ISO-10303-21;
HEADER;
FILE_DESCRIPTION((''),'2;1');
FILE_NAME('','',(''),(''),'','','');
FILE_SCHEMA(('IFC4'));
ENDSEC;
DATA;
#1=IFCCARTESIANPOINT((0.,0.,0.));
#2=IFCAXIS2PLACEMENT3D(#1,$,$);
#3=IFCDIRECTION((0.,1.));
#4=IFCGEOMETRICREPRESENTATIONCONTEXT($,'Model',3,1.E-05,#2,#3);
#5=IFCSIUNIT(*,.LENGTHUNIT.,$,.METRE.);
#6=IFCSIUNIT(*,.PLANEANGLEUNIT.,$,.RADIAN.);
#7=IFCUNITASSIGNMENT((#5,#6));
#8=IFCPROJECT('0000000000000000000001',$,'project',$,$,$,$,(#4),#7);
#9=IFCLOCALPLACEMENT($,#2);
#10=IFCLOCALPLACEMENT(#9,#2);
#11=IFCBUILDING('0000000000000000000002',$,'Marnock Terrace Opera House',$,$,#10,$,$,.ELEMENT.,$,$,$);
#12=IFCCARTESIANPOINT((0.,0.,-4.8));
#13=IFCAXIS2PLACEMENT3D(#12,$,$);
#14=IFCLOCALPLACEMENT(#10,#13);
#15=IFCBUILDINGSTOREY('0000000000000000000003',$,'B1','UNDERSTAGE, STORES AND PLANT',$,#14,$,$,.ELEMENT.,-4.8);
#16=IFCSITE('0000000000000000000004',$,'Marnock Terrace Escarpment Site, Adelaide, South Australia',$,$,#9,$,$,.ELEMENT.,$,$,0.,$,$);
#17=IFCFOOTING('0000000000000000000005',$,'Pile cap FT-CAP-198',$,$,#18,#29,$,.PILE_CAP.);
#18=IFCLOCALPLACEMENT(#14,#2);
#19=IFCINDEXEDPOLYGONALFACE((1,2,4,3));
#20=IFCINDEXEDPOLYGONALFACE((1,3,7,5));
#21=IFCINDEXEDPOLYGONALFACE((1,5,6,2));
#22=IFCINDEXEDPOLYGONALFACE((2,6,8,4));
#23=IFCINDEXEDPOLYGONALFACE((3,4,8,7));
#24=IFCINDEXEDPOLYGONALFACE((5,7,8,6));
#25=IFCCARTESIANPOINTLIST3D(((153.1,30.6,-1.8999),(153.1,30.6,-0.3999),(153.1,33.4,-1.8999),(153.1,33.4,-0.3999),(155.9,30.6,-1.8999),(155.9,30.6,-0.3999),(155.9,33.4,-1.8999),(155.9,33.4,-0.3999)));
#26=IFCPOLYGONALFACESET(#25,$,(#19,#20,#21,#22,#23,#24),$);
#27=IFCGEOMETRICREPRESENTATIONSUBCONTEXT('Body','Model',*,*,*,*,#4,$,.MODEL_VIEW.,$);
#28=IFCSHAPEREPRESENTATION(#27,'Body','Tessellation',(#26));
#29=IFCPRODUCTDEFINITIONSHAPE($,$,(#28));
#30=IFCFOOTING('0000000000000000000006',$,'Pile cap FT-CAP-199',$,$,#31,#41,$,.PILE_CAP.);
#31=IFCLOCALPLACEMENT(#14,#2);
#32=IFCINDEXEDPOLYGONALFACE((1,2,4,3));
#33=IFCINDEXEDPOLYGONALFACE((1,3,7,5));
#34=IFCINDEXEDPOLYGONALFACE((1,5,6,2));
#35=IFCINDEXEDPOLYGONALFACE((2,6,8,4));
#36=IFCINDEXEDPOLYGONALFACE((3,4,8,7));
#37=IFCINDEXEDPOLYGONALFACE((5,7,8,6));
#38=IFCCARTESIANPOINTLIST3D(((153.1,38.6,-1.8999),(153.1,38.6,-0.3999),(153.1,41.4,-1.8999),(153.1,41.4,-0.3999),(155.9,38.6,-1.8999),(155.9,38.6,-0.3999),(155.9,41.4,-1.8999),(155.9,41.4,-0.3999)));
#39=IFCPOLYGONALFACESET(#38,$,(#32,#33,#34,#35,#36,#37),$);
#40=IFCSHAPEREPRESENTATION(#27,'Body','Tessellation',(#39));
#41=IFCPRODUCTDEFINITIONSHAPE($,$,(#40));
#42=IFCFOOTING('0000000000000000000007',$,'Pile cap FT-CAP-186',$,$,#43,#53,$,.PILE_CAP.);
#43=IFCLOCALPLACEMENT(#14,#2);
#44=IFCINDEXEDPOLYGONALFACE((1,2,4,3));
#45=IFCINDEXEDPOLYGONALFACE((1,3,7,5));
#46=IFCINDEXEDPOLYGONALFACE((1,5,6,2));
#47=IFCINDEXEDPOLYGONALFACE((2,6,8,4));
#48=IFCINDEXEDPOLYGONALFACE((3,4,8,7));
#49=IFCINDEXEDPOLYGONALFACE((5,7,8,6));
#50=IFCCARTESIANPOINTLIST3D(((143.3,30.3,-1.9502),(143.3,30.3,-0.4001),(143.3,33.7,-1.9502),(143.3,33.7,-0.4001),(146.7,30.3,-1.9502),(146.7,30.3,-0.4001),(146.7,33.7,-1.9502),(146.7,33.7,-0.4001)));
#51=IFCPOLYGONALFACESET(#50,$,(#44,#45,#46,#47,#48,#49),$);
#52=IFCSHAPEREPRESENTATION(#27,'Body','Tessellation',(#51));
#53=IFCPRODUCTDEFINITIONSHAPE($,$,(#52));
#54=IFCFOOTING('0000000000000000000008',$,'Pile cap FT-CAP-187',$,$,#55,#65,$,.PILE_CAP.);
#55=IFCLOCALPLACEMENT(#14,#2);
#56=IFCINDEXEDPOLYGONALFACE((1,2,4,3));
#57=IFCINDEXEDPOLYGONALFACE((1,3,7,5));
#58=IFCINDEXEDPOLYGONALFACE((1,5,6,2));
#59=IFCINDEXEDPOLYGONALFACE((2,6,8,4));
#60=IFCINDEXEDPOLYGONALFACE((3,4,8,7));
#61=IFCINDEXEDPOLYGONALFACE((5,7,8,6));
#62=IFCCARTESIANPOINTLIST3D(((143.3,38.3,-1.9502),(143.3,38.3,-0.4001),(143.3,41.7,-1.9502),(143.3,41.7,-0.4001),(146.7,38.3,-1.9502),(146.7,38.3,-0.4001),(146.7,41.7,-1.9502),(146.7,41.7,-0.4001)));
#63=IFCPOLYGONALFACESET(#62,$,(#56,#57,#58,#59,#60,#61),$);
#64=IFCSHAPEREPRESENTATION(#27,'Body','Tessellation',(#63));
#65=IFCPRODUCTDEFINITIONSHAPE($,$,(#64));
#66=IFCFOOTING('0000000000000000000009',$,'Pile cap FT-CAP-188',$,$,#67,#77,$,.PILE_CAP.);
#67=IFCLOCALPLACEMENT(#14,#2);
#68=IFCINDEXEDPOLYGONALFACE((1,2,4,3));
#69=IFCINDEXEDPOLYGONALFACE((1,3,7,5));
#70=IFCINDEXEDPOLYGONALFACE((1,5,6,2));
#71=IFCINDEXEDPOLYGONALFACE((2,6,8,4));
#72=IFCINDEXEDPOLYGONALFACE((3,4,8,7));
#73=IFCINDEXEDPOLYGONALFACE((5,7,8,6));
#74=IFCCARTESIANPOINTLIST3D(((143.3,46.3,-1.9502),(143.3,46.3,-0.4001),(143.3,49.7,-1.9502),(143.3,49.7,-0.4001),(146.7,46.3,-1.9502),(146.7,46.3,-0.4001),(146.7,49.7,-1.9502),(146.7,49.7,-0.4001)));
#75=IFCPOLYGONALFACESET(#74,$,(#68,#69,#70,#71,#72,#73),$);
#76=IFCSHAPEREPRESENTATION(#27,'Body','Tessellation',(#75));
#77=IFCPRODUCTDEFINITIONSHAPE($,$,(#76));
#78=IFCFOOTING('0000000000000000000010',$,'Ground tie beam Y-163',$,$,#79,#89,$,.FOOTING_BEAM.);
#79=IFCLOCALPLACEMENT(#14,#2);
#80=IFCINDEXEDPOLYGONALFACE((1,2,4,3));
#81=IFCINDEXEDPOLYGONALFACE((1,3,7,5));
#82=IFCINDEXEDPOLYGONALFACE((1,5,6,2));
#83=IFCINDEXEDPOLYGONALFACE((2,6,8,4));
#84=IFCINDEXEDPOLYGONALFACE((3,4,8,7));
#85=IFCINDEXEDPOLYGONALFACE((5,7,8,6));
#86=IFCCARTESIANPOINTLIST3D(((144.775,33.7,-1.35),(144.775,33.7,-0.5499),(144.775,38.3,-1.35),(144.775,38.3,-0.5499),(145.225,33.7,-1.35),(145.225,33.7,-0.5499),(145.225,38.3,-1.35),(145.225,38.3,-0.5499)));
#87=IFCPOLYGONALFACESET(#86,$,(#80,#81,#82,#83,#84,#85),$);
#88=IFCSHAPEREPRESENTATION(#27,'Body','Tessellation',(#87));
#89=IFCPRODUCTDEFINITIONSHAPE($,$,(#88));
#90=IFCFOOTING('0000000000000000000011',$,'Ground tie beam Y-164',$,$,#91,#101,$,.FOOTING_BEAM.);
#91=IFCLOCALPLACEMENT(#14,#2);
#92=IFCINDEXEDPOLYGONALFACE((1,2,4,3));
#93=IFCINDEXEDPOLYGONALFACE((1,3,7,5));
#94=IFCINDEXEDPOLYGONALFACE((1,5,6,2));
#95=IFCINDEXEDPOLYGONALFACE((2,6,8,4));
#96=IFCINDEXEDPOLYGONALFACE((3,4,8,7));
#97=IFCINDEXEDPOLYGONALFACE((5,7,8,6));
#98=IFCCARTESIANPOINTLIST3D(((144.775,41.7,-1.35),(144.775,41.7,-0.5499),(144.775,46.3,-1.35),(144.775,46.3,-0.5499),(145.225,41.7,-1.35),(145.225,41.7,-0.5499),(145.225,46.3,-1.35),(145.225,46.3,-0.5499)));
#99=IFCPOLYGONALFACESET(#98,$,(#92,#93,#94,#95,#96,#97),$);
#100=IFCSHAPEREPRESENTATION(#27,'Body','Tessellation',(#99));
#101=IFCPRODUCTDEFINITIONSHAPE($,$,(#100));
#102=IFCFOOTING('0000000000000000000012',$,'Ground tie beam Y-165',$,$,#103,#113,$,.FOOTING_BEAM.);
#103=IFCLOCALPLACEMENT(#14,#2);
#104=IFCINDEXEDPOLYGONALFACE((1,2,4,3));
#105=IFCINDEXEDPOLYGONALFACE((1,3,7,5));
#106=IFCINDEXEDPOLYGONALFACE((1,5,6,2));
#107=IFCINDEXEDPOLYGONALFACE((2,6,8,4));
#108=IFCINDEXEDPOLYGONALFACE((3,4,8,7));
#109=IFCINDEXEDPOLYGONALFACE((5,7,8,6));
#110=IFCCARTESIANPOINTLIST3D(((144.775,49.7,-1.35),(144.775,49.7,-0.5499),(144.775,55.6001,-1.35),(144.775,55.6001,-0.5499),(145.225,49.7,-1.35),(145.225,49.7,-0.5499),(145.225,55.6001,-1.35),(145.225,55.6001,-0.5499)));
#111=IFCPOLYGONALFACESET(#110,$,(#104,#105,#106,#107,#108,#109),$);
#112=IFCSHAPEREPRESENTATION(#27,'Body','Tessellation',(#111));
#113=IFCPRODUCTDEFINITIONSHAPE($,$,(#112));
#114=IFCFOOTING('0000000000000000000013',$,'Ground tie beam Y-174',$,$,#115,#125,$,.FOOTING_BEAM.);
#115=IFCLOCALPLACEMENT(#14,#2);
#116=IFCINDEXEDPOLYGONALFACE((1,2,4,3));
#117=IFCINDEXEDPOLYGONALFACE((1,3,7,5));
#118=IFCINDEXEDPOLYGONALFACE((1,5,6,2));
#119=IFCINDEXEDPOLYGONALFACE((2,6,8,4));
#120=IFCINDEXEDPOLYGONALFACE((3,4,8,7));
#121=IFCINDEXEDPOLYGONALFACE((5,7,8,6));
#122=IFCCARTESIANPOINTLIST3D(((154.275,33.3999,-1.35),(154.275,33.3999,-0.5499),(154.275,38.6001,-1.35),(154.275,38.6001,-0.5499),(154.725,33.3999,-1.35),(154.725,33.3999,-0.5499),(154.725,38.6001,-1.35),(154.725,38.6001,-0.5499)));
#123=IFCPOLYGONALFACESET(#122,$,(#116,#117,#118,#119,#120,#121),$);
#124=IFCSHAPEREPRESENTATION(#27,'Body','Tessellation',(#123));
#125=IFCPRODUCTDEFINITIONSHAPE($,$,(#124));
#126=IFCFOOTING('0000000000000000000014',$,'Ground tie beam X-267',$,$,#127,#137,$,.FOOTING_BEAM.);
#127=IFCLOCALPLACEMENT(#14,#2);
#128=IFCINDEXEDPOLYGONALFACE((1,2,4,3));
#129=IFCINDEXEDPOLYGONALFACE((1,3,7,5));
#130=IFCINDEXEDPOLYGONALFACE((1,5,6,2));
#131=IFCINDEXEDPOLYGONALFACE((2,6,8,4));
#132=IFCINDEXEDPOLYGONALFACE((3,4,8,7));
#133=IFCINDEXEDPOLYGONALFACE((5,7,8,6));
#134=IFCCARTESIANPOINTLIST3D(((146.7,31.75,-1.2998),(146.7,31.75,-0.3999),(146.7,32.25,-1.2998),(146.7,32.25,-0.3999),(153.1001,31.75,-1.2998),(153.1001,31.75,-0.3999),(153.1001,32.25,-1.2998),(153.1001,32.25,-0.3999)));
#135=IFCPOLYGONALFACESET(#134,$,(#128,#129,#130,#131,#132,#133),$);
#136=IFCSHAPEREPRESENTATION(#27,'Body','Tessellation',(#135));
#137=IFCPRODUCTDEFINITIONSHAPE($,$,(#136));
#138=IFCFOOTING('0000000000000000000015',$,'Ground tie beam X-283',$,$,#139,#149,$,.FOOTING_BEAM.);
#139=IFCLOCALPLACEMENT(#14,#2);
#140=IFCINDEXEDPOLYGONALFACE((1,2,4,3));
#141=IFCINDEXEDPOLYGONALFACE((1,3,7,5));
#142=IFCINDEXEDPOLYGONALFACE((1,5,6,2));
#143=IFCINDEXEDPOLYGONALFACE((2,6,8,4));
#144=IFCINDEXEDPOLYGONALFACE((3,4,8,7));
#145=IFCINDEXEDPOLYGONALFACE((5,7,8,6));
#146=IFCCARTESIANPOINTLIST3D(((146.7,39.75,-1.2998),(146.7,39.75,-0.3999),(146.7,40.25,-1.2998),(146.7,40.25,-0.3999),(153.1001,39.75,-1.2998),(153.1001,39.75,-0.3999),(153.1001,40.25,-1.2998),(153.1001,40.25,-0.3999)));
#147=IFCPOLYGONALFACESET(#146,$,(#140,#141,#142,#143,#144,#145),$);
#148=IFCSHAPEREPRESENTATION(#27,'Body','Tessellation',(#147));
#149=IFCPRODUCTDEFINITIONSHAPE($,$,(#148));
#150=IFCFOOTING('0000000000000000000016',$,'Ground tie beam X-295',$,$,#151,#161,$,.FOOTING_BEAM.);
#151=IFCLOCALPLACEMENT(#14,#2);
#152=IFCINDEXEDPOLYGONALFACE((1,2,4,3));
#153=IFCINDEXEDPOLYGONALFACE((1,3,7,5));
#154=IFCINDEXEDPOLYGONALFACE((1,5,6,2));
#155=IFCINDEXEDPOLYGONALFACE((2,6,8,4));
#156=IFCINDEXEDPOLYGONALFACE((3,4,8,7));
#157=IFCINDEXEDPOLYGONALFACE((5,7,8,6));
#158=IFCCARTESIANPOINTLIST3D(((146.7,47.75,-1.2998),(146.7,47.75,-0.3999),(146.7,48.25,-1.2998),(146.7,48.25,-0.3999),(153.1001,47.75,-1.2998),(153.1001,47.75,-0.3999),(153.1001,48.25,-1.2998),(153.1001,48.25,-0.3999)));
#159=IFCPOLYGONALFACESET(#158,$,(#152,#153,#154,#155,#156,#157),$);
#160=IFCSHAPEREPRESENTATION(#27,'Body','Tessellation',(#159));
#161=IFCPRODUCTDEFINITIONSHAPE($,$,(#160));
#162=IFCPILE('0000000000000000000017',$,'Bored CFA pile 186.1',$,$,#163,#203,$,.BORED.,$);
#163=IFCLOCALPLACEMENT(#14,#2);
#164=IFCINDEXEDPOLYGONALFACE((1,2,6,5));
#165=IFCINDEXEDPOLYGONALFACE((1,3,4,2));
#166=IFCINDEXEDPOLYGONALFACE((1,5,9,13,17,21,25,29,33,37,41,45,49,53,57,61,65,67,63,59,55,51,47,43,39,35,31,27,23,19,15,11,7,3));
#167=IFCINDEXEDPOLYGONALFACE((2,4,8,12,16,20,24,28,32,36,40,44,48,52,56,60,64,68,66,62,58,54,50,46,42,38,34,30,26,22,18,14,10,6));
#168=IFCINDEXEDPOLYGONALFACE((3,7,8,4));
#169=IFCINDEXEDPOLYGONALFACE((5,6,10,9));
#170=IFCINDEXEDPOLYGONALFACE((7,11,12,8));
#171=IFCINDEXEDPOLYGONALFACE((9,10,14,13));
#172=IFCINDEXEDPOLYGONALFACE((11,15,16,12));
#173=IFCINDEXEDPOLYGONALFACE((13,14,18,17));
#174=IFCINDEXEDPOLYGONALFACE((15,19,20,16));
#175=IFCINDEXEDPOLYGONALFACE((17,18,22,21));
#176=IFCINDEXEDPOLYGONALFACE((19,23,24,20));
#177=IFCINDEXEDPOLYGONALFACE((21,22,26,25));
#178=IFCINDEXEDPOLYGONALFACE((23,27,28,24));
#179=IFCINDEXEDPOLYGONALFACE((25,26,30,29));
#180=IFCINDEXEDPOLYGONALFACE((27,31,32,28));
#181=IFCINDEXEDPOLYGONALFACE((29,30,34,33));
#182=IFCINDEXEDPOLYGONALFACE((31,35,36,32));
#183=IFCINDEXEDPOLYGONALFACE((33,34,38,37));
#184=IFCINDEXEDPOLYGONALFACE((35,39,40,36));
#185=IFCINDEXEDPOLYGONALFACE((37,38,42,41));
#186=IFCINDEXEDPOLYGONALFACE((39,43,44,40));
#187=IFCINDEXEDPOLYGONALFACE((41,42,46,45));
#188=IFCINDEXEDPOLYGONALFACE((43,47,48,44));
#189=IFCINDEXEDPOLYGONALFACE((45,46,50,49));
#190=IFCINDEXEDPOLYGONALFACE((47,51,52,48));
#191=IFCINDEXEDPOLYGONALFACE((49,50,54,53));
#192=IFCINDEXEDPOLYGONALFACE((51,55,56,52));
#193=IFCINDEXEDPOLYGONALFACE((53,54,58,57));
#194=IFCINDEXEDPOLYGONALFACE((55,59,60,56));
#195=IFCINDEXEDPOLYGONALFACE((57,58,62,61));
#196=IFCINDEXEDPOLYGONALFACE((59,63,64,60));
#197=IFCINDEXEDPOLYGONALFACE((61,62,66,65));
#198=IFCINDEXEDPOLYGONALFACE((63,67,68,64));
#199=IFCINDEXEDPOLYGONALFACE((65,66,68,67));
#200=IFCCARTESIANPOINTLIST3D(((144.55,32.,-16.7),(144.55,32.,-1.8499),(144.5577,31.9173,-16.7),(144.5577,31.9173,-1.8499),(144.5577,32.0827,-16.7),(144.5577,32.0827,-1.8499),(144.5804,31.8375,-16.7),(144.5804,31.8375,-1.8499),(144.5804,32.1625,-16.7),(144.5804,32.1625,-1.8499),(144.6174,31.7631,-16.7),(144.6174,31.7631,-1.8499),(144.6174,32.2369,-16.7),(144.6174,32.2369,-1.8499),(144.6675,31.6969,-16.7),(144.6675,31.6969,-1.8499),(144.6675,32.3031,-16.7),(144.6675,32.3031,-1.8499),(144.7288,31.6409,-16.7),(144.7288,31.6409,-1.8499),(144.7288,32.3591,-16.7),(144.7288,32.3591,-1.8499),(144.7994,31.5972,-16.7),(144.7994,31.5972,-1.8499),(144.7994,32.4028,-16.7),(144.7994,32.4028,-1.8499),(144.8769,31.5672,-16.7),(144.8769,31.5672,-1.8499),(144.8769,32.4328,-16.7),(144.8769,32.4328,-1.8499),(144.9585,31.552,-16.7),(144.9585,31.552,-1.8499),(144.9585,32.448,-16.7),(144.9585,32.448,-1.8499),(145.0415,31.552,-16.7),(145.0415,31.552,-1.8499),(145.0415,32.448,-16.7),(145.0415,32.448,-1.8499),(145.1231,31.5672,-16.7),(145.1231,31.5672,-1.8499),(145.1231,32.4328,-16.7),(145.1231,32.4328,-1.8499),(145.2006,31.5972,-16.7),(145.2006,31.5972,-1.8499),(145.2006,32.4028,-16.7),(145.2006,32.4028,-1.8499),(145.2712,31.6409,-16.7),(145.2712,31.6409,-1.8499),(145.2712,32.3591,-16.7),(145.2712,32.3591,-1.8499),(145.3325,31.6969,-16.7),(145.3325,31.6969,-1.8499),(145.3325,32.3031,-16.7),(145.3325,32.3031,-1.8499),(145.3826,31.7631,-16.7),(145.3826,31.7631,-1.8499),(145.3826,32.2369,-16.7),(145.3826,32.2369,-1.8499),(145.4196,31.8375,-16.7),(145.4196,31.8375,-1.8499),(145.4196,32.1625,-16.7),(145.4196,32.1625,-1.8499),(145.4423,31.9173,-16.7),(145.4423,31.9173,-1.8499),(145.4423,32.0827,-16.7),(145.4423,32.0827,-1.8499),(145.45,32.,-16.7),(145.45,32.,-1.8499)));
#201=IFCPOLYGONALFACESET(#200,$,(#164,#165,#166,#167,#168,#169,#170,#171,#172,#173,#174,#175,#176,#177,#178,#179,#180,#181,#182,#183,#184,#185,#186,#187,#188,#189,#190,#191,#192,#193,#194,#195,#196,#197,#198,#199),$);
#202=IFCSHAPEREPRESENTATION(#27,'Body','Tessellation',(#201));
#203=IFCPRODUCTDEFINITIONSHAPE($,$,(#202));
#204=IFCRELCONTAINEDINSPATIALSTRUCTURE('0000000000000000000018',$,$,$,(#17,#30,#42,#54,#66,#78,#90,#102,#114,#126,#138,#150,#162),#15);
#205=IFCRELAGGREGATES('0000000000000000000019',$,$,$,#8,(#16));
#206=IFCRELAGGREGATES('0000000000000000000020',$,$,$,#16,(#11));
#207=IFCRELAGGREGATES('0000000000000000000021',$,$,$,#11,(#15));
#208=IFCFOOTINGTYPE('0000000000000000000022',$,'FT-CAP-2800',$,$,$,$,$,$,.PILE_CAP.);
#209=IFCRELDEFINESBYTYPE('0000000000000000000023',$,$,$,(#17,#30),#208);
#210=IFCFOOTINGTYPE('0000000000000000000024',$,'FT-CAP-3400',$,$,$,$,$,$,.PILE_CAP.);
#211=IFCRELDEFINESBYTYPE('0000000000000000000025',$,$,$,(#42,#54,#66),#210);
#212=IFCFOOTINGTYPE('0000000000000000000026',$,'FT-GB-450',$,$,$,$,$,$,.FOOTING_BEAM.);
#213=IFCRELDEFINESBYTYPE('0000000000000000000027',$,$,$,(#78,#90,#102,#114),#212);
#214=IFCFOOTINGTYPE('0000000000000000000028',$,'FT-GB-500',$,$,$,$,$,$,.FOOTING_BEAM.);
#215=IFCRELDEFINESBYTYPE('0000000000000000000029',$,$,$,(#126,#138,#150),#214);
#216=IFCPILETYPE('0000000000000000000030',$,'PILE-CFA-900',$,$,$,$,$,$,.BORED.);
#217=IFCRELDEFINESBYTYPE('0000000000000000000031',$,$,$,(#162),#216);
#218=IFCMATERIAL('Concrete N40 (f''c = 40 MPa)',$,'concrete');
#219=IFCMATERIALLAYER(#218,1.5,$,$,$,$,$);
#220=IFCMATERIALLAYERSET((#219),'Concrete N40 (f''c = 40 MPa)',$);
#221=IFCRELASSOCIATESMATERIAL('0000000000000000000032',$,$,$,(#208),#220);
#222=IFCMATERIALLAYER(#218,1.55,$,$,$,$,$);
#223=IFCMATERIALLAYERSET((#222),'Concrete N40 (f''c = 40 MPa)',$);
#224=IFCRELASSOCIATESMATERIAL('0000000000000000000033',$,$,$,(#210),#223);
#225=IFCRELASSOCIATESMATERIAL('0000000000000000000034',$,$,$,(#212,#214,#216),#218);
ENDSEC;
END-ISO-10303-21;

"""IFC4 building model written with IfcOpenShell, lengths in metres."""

from ifc_helpers import new_model, si_unit, direction, frame, origin, origin_2d, place, context, subcontext, project, spatial, rectangle, circle, extrude, material, layer, layer_set, material_profile, profile_set, type_object, element, save


model = new_model("IFC4")

# Units and contexts
model_context = context("Model", 3, precision=1e-05, world=origin(), true_north=direction((0.0, 1.0)))
body_context = subcontext(model_context, "Body", "Model", "MODEL_VIEW")
ifc_project = project(units=[si_unit("LENGTHUNIT", "METRE"), si_unit("PLANEANGLEUNIT", "RADIAN")], contexts=[model_context])

# Site, building, storey
site_placement = place(None, origin())
site = spatial("IfcSite", under=ifc_project, at=site_placement, Name="Marnock Terrace Escarpment Site, Adelaide, South Australia", CompositionType="ELEMENT", RefElevation=0.0)
building_placement = place(site_placement, origin())
building = spatial("IfcBuilding", under=site, at=building_placement, Name="Marnock Terrace Opera House", CompositionType="ELEMENT")
storey_placement = place(building_placement, frame((0.0, 0.0, -4.8)))
storey = spatial("IfcBuildingStorey", under=building, at=storey_placement, Name="B1", Description="UNDERSTAGE, STORES AND PLANT", CompositionType="ELEMENT", Elevation=-4.8)

# Footings
ifc_material_1 = material(Name="Concrete N40 (f'c = 40 MPa)", Category="concrete")
ifc_layer_1 = layer(ifc_material_1, 1.5)
ifc_layer_set_1 = layer_set([ifc_layer_1], Name="Concrete N40 (f'c = 40 MPa)")
footing_type_1 = type_object("IfcFootingType", Name="FT-CAP-2800", PredefinedType="PILE_CAP", material=ifc_layer_set_1)
for number, where, z_axis, x_axis, name in (
    (1, (154.5, 32.0, -1.8999), (0.0, 0.0, 1.0), (1.0, 0.0, 0.0), "Pile cap FT-CAP-198"),
    (2, (154.5, 40.0, -1.8999), (0.0, 0.0, 1.0), (1.0, 0.0, 0.0), "Pile cap FT-CAP-199"),
):
    element("IfcFooting", number, at=place(storey_placement, frame(where, z_axis=z_axis, x_axis=x_axis)), inside=storey, type_object=footing_type_1, Name=name, PredefinedType="PILE_CAP", context=body_context, shape_type="SweptSolid", body=[
        extrude(rectangle(XDim=2.8, YDim=2.8, at=origin_2d()), origin(), (0.0, 0.0, 1.0), 1.5),
    ])
ifc_layer_2 = layer(ifc_material_1, 1.55)
ifc_layer_set_2 = layer_set([ifc_layer_2], Name="Concrete N40 (f'c = 40 MPa)")
footing_type_2 = type_object("IfcFootingType", Name="FT-CAP-3400", PredefinedType="PILE_CAP", material=ifc_layer_set_2)
for number, where, z_axis, x_axis, name in (
    (3, (145.0, 32.0, -1.9502), (0.0, 0.0, 1.0), (1.0, 0.0, 0.0), "Pile cap FT-CAP-186"),
    (4, (145.0, 40.0, -1.9502), (0.0, 0.0, 1.0), (1.0, 0.0, 0.0), "Pile cap FT-CAP-187"),
    (5, (145.0, 48.0, -1.9502), (0.0, 0.0, 1.0), (1.0, 0.0, 0.0), "Pile cap FT-CAP-188"),
):
    element("IfcFooting", number, at=place(storey_placement, frame(where, z_axis=z_axis, x_axis=x_axis)), inside=storey, type_object=footing_type_2, Name=name, PredefinedType="PILE_CAP", context=body_context, shape_type="SweptSolid", body=[
        extrude(rectangle(XDim=3.3999, YDim=3.3999, at=origin_2d()), origin(), (0.0, 0.0, 1.0), 1.55),
    ])
ifc_material_profile_1 = material_profile(ifc_material_1, rectangle(XDim=0.45, YDim=0.8, at=origin_2d()))
ifc_profile_set_1 = profile_set([ifc_material_profile_1], Name="Concrete N40 (f'c = 40 MPa)")
footing_type_3 = type_object("IfcFootingType", Name="FT-GB-450", PredefinedType="FOOTING_BEAM", material=ifc_profile_set_1)
for number, where, z_axis, x_axis, name in (
    (6, (145.0, 33.7, -0.95), (0.0, 1.0, 0.0), (-1.0, 0.0, 0.0), "Ground tie beam Y-163"),
    (7, (145.0, 41.7, -0.95), (0.0, 1.0, 0.0), (-1.0, 0.0, 0.0), "Ground tie beam Y-164"),
):
    element("IfcFooting", number, at=place(storey_placement, frame(where, z_axis=z_axis, x_axis=x_axis)), inside=storey, type_object=footing_type_3, Name=name, PredefinedType="FOOTING_BEAM", context=body_context, shape_type="SweptSolid", body=[
        extrude(rectangle(XDim=0.45, YDim=0.8, at=origin_2d()), origin(), (0.0, 0.0, 1.0), 4.6001),
    ])
footing_1_placement = place(storey_placement, frame((145.0, 49.7, -0.95), z_axis=(0.0, 1.0, 0.0), x_axis=(-1.0, 0.0, 0.0)))
element("IfcFooting", 8, at=footing_1_placement, inside=storey, type_object=footing_type_3, Name="Ground tie beam Y-165", PredefinedType="FOOTING_BEAM", context=body_context, shape_type="SweptSolid", body=[
    extrude(rectangle(XDim=0.45, YDim=0.8, at=origin_2d()), origin(), (0.0, 0.0, 1.0), 5.9001),
])
footing_2_placement = place(storey_placement, frame((154.5, 33.3999, -0.95), z_axis=(0.0, 1.0, 0.0), x_axis=(-1.0, 0.0, 0.0)))
element("IfcFooting", 9, at=footing_2_placement, inside=storey, type_object=footing_type_3, Name="Ground tie beam Y-174", PredefinedType="FOOTING_BEAM", context=body_context, shape_type="SweptSolid", body=[
    extrude(rectangle(XDim=0.45, YDim=0.8, at=origin_2d()), origin(), (0.0, 0.0, 1.0), 5.2002),
])
ifc_material_profile_2 = material_profile(ifc_material_1, rectangle(XDim=0.5, YDim=0.8999, at=origin_2d()))
ifc_profile_set_2 = profile_set([ifc_material_profile_2], Name="Concrete N40 (f'c = 40 MPa)")
footing_type_4 = type_object("IfcFootingType", Name="FT-GB-500", PredefinedType="FOOTING_BEAM", material=ifc_profile_set_2)
for number, where, z_axis, x_axis, name in (
    (10, (146.7, 32.0, -0.8499), (1.0, 0.0, 0.0), (0.0, 1.0, 0.0), "Ground tie beam X-267"),
    (11, (146.7, 40.0, -0.8499), (1.0, 0.0, 0.0), (0.0, 1.0, 0.0), "Ground tie beam X-283"),
    (12, (146.7, 48.0, -0.8499), (1.0, 0.0, 0.0), (0.0, 1.0, 0.0), "Ground tie beam X-295"),
):
    element("IfcFooting", number, at=place(storey_placement, frame(where, z_axis=z_axis, x_axis=x_axis)), inside=storey, type_object=footing_type_4, Name=name, PredefinedType="FOOTING_BEAM", context=body_context, shape_type="SweptSolid", body=[
        extrude(rectangle(XDim=0.5, YDim=0.8999, at=origin_2d()), origin(), (0.0, 0.0, 1.0), 6.4001),
    ])

# Pile
ifc_material_profile_3 = material_profile(ifc_material_1, circle(Radius=0.45, at=origin_2d()))
ifc_profile_set_3 = profile_set([ifc_material_profile_3], Name="Concrete N40 (f'c = 40 MPa)")
pile_type = type_object("IfcPileType", Name="PILE-CFA-900", PredefinedType="BORED", material=ifc_profile_set_3)
for number, where, z_axis, x_axis, name in (
    (13, (145.0, 32.0, -1.8499), (0.0, 0.0, -1.0), (1.0, 0.0, 0.0), "Bored CFA pile 186.1"),
):
    element("IfcPile", number, at=place(storey_placement, frame(where, z_axis=z_axis, x_axis=x_axis)), inside=storey, type_object=pile_type, Name=name, PredefinedType="BORED", context=body_context, shape_type="SweptSolid", body=[
        extrude(circle(Radius=0.45, at=origin_2d()), origin(), (0.0, 0.0, 1.0), 14.8501),
    ])

save(model, "model.ifc")
